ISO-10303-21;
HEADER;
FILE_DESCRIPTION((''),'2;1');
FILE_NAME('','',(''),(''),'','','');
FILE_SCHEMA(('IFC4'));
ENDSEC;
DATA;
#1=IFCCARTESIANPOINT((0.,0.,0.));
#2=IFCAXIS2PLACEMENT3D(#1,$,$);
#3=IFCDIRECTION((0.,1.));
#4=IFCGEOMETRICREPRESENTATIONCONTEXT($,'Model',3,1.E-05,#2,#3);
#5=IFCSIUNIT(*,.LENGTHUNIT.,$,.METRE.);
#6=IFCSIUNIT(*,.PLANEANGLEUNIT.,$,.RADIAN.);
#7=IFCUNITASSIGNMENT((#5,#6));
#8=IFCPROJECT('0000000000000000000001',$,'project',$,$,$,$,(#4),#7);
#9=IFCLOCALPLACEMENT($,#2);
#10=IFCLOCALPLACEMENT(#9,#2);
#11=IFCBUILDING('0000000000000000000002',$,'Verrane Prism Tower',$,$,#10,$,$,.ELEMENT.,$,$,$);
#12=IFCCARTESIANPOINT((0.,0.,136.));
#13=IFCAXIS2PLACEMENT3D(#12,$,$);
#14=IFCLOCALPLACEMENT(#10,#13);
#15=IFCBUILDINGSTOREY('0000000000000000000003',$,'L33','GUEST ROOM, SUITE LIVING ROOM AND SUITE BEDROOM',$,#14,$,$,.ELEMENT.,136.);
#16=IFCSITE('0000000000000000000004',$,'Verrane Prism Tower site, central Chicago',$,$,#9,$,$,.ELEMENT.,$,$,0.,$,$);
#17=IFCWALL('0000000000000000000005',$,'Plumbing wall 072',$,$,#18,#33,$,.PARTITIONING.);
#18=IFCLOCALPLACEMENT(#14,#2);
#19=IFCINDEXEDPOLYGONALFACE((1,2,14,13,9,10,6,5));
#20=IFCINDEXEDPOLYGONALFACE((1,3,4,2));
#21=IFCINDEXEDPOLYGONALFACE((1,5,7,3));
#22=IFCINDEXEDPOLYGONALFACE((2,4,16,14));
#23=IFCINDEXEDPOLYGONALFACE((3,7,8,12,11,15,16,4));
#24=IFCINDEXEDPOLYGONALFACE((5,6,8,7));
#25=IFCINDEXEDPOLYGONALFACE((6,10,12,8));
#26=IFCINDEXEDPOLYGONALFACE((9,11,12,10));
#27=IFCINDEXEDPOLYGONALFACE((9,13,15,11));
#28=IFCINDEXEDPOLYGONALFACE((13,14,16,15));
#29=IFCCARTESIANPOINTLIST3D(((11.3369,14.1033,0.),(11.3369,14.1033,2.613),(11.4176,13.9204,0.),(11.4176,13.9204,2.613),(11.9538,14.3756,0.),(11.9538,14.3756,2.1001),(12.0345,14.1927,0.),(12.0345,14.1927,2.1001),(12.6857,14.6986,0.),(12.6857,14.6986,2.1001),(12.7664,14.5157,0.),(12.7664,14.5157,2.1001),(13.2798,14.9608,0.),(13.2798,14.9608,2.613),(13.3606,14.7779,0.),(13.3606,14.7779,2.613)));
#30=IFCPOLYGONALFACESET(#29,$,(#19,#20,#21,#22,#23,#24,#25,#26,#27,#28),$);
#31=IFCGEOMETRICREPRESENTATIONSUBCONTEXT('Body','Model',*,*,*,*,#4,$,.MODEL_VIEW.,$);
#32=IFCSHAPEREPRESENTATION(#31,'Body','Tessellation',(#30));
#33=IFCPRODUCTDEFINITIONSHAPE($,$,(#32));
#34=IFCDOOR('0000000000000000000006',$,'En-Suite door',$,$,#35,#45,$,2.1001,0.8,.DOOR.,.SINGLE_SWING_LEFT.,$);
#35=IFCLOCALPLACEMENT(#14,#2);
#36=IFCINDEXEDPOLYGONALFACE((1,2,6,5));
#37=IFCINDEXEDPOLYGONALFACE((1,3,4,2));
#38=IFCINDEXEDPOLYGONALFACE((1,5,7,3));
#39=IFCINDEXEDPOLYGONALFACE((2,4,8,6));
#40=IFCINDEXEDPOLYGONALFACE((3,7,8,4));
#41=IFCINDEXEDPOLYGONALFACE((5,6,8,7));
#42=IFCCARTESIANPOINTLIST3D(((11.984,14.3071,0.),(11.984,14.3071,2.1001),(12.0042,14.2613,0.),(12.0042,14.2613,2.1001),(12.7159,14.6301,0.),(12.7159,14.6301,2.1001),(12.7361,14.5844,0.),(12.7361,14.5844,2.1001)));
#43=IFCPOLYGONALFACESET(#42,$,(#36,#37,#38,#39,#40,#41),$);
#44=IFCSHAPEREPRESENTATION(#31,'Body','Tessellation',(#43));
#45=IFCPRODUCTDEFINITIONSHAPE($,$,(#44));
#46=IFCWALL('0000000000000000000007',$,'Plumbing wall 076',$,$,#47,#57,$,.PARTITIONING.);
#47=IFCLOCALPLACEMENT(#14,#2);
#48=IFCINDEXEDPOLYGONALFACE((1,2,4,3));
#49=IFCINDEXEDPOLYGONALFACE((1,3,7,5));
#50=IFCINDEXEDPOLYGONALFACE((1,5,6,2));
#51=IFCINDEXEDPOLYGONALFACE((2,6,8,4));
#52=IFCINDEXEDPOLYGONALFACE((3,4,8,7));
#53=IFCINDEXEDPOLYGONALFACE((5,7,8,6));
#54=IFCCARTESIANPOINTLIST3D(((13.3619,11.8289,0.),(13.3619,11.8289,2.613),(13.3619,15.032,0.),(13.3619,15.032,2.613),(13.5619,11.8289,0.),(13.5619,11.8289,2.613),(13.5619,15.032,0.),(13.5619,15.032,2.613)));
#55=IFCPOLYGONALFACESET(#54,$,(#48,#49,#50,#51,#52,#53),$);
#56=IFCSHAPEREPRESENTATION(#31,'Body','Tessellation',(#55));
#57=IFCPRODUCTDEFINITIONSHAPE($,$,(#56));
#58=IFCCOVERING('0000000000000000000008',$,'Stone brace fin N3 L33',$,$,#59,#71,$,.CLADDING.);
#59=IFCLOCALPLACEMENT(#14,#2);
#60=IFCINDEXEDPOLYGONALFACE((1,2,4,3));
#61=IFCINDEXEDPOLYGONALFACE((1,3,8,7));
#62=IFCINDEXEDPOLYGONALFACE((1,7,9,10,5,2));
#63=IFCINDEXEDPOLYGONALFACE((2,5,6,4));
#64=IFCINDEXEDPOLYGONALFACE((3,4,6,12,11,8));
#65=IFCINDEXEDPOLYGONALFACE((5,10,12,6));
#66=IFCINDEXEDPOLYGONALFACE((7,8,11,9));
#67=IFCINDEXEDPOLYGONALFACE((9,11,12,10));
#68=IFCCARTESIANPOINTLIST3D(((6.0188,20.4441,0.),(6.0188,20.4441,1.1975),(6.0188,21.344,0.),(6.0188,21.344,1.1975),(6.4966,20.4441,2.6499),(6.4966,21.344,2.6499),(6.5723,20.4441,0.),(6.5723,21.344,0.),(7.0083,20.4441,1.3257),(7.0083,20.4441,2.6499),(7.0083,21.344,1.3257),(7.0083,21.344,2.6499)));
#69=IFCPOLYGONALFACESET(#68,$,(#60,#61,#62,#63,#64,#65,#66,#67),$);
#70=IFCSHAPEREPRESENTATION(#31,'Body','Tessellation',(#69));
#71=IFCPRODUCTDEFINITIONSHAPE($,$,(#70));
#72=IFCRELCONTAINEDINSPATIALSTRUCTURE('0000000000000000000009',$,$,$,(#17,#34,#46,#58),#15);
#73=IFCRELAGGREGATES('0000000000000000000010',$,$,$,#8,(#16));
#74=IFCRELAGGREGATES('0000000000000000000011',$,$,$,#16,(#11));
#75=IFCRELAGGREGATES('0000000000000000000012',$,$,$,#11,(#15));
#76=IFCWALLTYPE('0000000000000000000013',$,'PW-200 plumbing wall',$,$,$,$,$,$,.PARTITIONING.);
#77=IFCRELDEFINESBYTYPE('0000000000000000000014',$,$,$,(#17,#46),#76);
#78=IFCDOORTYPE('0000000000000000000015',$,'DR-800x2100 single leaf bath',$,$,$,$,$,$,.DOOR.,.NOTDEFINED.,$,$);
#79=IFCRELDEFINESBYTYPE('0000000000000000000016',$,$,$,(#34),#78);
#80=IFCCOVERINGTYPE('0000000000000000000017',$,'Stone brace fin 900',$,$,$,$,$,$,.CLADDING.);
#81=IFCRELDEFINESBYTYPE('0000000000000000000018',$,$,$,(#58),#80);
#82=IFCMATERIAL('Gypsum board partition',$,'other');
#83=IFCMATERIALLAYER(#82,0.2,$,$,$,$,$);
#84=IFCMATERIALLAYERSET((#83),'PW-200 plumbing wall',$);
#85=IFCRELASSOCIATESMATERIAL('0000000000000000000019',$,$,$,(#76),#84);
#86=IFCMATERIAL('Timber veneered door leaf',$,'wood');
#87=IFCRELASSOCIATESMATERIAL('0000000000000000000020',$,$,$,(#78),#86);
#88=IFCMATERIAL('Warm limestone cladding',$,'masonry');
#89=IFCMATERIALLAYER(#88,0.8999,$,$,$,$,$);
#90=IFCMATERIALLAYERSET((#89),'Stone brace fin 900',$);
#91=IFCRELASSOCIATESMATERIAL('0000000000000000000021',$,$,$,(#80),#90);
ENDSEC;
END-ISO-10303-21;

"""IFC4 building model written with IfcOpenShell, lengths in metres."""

from ifc_helpers import new_model, si_unit, direction, frame, frame_2d, origin, place, context, subcontext, project, spatial, polyline, rectangle, outline, extrude, material, layer, layer_set, type_object, element, fill, save


model = new_model("IFC4")

# Units and contexts
model_context = context("Model", 3, precision=1e-05, world=origin(), true_north=direction((0.0, 1.0)))
body_context = subcontext(model_context, "Body", "Model", "MODEL_VIEW")
ifc_project = project(units=[si_unit("LENGTHUNIT", "METRE"), si_unit("PLANEANGLEUNIT", "RADIAN")], contexts=[model_context])

# Site, building, storey
site_placement = place(None, origin())
site = spatial("IfcSite", under=ifc_project, at=site_placement, Name="Verrane Prism Tower site, central Chicago", CompositionType="ELEMENT", RefElevation=0.0)
building_placement = place(site_placement, origin())
building = spatial("IfcBuilding", under=site, at=building_placement, Name="Verrane Prism Tower", CompositionType="ELEMENT")
storey_placement = place(building_placement, frame((0.0, 0.0, 136.0)))
storey = spatial("IfcBuildingStorey", under=building, at=storey_placement, Name="L33", Description="GUEST ROOM, SUITE LIVING ROOM AND SUITE BEDROOM", CompositionType="ELEMENT", Elevation=136.0)

# Shared definitions
ifc_material_1 = material(Name="Gypsum board partition", Category="other")
ifc_layer_1 = layer(ifc_material_1, 0.2)
ifc_layer_set_1 = layer_set([ifc_layer_1], Name="PW-200 plumbing wall")
wall_type_1 = type_object("IfcWallType", Name="PW-200 plumbing wall", PredefinedType="PARTITIONING", material=ifc_layer_set_1)

# Shared definitions
ifc_material_2 = material(Name="Timber veneered door leaf", Category="wood")
door_type_1 = type_object("IfcDoorType", Name="DR-800x2100 single leaf bath", OperationType="NOTDEFINED", PredefinedType="DOOR", material=ifc_material_2)

# Wall, opening, door
wall_1_placement = place(storey_placement, frame((13.3203, 14.8694, 0.0), z_axis=(0.0, 0.0, 1.0), x_axis=(-0.91487, -0.403748, 0.0)))
wall_1 = element("IfcWall", 1, at=wall_1_placement, inside=storey, type_object=wall_type_1, Name="Plumbing wall 072", PredefinedType="PARTITIONING", context=body_context, shape_type="SweptSolid", body=[
    extrude(rectangle(XDim=2.1238, YDim=0.2, at=frame_2d((1.062, 0.0))), origin(), (0.0, 0.0, 1.0), 2.613),
])
opening_1_placement = place(wall_1_placement, frame((0.6497, 0.0, 0.0)))
opening_1 = element("IfcOpeningElement", 2, at=opening_1_placement, cuts=wall_1, PredefinedType="OPENING", context=body_context, shape_type="SweptSolid", body=[
    extrude(rectangle(XDim=0.8, YDim=2.1001, at=frame_2d((0.3999, 1.05))), frame((0.0, 0.1099, 0.0), z_axis=(0.0, -1.0, 0.0), x_axis=(1.0, 0.0, 0.0)), (0.0, 0.0, 1.0), 0.22),
])
door_1_placement = place(opening_1_placement, origin())
door_1 = element("IfcDoor", 3, at=door_1_placement, inside=storey, type_object=door_type_1, Name="En-Suite door", OperationType="SINGLE_SWING_LEFT", OverallHeight=2.1001, OverallWidth=0.8, PredefinedType="DOOR", context=body_context, shape_type="SweptSolid", body=[
    extrude(rectangle(XDim=0.8, YDim=2.1001, at=frame_2d((0.3999, 1.05))), frame((0.0, 0.0249, 0.0), z_axis=(0.0, -1.0, 0.0), x_axis=(1.0, 0.0, 0.0)), (0.0, 0.0, 1.0), 0.05),
])
fill(opening_1, door_1)

# Wall
wall_2_placement = place(storey_placement, frame((13.4619, 11.8289, 0.0), z_axis=(0.0, 0.0, 1.0), x_axis=(0.0, 1.0, 0.0)))
element("IfcWall", 4, at=wall_2_placement, inside=storey, type_object=wall_type_1, Name="Plumbing wall 076", PredefinedType="PARTITIONING", context=body_context, shape_type="SweptSolid", body=[
    extrude(rectangle(XDim=3.2031, YDim=0.2, at=frame_2d((1.6016, 0.0))), origin(), (0.0, 0.0, 1.0), 2.613),
])

# Covering
ifc_material_3 = material(Name="Warm limestone cladding", Category="masonry")
ifc_layer_2 = layer(ifc_material_3, 0.8999)
ifc_layer_set_2 = layer_set([ifc_layer_2], Name="Stone brace fin 900")
covering_type = type_object("IfcCoveringType", Name="Stone brace fin 900", PredefinedType="CLADDING", material=ifc_layer_set_2)
covering_placement = place(storey_placement, frame((6.0188, 20.894, 0.0), z_axis=(0.0, 0.0, 1.0), x_axis=(1.0, 0.0, 0.0)))
element("IfcCovering", 5, at=covering_placement, inside=storey, type_object=covering_type, Name="Stone brace fin N3 L33", PredefinedType="CLADDING", context=body_context, shape_type="SweptSolid", body=[
    extrude(outline(polyline([(0.9895, 2.6499), (0.4778, 2.6499), (0.0, 1.1975), (0.0, 0.0), (0.5535, 0.0), (0.9895, 1.3257), (0.9895, 2.6499)])), frame((0.0, 0.45, 0.0), z_axis=(0.0, -1.0, 0.0), x_axis=(1.0, 0.0, 0.0)), (0.0, 0.0, 1.0), 0.8999),
])

save(model, "model.ifc")
